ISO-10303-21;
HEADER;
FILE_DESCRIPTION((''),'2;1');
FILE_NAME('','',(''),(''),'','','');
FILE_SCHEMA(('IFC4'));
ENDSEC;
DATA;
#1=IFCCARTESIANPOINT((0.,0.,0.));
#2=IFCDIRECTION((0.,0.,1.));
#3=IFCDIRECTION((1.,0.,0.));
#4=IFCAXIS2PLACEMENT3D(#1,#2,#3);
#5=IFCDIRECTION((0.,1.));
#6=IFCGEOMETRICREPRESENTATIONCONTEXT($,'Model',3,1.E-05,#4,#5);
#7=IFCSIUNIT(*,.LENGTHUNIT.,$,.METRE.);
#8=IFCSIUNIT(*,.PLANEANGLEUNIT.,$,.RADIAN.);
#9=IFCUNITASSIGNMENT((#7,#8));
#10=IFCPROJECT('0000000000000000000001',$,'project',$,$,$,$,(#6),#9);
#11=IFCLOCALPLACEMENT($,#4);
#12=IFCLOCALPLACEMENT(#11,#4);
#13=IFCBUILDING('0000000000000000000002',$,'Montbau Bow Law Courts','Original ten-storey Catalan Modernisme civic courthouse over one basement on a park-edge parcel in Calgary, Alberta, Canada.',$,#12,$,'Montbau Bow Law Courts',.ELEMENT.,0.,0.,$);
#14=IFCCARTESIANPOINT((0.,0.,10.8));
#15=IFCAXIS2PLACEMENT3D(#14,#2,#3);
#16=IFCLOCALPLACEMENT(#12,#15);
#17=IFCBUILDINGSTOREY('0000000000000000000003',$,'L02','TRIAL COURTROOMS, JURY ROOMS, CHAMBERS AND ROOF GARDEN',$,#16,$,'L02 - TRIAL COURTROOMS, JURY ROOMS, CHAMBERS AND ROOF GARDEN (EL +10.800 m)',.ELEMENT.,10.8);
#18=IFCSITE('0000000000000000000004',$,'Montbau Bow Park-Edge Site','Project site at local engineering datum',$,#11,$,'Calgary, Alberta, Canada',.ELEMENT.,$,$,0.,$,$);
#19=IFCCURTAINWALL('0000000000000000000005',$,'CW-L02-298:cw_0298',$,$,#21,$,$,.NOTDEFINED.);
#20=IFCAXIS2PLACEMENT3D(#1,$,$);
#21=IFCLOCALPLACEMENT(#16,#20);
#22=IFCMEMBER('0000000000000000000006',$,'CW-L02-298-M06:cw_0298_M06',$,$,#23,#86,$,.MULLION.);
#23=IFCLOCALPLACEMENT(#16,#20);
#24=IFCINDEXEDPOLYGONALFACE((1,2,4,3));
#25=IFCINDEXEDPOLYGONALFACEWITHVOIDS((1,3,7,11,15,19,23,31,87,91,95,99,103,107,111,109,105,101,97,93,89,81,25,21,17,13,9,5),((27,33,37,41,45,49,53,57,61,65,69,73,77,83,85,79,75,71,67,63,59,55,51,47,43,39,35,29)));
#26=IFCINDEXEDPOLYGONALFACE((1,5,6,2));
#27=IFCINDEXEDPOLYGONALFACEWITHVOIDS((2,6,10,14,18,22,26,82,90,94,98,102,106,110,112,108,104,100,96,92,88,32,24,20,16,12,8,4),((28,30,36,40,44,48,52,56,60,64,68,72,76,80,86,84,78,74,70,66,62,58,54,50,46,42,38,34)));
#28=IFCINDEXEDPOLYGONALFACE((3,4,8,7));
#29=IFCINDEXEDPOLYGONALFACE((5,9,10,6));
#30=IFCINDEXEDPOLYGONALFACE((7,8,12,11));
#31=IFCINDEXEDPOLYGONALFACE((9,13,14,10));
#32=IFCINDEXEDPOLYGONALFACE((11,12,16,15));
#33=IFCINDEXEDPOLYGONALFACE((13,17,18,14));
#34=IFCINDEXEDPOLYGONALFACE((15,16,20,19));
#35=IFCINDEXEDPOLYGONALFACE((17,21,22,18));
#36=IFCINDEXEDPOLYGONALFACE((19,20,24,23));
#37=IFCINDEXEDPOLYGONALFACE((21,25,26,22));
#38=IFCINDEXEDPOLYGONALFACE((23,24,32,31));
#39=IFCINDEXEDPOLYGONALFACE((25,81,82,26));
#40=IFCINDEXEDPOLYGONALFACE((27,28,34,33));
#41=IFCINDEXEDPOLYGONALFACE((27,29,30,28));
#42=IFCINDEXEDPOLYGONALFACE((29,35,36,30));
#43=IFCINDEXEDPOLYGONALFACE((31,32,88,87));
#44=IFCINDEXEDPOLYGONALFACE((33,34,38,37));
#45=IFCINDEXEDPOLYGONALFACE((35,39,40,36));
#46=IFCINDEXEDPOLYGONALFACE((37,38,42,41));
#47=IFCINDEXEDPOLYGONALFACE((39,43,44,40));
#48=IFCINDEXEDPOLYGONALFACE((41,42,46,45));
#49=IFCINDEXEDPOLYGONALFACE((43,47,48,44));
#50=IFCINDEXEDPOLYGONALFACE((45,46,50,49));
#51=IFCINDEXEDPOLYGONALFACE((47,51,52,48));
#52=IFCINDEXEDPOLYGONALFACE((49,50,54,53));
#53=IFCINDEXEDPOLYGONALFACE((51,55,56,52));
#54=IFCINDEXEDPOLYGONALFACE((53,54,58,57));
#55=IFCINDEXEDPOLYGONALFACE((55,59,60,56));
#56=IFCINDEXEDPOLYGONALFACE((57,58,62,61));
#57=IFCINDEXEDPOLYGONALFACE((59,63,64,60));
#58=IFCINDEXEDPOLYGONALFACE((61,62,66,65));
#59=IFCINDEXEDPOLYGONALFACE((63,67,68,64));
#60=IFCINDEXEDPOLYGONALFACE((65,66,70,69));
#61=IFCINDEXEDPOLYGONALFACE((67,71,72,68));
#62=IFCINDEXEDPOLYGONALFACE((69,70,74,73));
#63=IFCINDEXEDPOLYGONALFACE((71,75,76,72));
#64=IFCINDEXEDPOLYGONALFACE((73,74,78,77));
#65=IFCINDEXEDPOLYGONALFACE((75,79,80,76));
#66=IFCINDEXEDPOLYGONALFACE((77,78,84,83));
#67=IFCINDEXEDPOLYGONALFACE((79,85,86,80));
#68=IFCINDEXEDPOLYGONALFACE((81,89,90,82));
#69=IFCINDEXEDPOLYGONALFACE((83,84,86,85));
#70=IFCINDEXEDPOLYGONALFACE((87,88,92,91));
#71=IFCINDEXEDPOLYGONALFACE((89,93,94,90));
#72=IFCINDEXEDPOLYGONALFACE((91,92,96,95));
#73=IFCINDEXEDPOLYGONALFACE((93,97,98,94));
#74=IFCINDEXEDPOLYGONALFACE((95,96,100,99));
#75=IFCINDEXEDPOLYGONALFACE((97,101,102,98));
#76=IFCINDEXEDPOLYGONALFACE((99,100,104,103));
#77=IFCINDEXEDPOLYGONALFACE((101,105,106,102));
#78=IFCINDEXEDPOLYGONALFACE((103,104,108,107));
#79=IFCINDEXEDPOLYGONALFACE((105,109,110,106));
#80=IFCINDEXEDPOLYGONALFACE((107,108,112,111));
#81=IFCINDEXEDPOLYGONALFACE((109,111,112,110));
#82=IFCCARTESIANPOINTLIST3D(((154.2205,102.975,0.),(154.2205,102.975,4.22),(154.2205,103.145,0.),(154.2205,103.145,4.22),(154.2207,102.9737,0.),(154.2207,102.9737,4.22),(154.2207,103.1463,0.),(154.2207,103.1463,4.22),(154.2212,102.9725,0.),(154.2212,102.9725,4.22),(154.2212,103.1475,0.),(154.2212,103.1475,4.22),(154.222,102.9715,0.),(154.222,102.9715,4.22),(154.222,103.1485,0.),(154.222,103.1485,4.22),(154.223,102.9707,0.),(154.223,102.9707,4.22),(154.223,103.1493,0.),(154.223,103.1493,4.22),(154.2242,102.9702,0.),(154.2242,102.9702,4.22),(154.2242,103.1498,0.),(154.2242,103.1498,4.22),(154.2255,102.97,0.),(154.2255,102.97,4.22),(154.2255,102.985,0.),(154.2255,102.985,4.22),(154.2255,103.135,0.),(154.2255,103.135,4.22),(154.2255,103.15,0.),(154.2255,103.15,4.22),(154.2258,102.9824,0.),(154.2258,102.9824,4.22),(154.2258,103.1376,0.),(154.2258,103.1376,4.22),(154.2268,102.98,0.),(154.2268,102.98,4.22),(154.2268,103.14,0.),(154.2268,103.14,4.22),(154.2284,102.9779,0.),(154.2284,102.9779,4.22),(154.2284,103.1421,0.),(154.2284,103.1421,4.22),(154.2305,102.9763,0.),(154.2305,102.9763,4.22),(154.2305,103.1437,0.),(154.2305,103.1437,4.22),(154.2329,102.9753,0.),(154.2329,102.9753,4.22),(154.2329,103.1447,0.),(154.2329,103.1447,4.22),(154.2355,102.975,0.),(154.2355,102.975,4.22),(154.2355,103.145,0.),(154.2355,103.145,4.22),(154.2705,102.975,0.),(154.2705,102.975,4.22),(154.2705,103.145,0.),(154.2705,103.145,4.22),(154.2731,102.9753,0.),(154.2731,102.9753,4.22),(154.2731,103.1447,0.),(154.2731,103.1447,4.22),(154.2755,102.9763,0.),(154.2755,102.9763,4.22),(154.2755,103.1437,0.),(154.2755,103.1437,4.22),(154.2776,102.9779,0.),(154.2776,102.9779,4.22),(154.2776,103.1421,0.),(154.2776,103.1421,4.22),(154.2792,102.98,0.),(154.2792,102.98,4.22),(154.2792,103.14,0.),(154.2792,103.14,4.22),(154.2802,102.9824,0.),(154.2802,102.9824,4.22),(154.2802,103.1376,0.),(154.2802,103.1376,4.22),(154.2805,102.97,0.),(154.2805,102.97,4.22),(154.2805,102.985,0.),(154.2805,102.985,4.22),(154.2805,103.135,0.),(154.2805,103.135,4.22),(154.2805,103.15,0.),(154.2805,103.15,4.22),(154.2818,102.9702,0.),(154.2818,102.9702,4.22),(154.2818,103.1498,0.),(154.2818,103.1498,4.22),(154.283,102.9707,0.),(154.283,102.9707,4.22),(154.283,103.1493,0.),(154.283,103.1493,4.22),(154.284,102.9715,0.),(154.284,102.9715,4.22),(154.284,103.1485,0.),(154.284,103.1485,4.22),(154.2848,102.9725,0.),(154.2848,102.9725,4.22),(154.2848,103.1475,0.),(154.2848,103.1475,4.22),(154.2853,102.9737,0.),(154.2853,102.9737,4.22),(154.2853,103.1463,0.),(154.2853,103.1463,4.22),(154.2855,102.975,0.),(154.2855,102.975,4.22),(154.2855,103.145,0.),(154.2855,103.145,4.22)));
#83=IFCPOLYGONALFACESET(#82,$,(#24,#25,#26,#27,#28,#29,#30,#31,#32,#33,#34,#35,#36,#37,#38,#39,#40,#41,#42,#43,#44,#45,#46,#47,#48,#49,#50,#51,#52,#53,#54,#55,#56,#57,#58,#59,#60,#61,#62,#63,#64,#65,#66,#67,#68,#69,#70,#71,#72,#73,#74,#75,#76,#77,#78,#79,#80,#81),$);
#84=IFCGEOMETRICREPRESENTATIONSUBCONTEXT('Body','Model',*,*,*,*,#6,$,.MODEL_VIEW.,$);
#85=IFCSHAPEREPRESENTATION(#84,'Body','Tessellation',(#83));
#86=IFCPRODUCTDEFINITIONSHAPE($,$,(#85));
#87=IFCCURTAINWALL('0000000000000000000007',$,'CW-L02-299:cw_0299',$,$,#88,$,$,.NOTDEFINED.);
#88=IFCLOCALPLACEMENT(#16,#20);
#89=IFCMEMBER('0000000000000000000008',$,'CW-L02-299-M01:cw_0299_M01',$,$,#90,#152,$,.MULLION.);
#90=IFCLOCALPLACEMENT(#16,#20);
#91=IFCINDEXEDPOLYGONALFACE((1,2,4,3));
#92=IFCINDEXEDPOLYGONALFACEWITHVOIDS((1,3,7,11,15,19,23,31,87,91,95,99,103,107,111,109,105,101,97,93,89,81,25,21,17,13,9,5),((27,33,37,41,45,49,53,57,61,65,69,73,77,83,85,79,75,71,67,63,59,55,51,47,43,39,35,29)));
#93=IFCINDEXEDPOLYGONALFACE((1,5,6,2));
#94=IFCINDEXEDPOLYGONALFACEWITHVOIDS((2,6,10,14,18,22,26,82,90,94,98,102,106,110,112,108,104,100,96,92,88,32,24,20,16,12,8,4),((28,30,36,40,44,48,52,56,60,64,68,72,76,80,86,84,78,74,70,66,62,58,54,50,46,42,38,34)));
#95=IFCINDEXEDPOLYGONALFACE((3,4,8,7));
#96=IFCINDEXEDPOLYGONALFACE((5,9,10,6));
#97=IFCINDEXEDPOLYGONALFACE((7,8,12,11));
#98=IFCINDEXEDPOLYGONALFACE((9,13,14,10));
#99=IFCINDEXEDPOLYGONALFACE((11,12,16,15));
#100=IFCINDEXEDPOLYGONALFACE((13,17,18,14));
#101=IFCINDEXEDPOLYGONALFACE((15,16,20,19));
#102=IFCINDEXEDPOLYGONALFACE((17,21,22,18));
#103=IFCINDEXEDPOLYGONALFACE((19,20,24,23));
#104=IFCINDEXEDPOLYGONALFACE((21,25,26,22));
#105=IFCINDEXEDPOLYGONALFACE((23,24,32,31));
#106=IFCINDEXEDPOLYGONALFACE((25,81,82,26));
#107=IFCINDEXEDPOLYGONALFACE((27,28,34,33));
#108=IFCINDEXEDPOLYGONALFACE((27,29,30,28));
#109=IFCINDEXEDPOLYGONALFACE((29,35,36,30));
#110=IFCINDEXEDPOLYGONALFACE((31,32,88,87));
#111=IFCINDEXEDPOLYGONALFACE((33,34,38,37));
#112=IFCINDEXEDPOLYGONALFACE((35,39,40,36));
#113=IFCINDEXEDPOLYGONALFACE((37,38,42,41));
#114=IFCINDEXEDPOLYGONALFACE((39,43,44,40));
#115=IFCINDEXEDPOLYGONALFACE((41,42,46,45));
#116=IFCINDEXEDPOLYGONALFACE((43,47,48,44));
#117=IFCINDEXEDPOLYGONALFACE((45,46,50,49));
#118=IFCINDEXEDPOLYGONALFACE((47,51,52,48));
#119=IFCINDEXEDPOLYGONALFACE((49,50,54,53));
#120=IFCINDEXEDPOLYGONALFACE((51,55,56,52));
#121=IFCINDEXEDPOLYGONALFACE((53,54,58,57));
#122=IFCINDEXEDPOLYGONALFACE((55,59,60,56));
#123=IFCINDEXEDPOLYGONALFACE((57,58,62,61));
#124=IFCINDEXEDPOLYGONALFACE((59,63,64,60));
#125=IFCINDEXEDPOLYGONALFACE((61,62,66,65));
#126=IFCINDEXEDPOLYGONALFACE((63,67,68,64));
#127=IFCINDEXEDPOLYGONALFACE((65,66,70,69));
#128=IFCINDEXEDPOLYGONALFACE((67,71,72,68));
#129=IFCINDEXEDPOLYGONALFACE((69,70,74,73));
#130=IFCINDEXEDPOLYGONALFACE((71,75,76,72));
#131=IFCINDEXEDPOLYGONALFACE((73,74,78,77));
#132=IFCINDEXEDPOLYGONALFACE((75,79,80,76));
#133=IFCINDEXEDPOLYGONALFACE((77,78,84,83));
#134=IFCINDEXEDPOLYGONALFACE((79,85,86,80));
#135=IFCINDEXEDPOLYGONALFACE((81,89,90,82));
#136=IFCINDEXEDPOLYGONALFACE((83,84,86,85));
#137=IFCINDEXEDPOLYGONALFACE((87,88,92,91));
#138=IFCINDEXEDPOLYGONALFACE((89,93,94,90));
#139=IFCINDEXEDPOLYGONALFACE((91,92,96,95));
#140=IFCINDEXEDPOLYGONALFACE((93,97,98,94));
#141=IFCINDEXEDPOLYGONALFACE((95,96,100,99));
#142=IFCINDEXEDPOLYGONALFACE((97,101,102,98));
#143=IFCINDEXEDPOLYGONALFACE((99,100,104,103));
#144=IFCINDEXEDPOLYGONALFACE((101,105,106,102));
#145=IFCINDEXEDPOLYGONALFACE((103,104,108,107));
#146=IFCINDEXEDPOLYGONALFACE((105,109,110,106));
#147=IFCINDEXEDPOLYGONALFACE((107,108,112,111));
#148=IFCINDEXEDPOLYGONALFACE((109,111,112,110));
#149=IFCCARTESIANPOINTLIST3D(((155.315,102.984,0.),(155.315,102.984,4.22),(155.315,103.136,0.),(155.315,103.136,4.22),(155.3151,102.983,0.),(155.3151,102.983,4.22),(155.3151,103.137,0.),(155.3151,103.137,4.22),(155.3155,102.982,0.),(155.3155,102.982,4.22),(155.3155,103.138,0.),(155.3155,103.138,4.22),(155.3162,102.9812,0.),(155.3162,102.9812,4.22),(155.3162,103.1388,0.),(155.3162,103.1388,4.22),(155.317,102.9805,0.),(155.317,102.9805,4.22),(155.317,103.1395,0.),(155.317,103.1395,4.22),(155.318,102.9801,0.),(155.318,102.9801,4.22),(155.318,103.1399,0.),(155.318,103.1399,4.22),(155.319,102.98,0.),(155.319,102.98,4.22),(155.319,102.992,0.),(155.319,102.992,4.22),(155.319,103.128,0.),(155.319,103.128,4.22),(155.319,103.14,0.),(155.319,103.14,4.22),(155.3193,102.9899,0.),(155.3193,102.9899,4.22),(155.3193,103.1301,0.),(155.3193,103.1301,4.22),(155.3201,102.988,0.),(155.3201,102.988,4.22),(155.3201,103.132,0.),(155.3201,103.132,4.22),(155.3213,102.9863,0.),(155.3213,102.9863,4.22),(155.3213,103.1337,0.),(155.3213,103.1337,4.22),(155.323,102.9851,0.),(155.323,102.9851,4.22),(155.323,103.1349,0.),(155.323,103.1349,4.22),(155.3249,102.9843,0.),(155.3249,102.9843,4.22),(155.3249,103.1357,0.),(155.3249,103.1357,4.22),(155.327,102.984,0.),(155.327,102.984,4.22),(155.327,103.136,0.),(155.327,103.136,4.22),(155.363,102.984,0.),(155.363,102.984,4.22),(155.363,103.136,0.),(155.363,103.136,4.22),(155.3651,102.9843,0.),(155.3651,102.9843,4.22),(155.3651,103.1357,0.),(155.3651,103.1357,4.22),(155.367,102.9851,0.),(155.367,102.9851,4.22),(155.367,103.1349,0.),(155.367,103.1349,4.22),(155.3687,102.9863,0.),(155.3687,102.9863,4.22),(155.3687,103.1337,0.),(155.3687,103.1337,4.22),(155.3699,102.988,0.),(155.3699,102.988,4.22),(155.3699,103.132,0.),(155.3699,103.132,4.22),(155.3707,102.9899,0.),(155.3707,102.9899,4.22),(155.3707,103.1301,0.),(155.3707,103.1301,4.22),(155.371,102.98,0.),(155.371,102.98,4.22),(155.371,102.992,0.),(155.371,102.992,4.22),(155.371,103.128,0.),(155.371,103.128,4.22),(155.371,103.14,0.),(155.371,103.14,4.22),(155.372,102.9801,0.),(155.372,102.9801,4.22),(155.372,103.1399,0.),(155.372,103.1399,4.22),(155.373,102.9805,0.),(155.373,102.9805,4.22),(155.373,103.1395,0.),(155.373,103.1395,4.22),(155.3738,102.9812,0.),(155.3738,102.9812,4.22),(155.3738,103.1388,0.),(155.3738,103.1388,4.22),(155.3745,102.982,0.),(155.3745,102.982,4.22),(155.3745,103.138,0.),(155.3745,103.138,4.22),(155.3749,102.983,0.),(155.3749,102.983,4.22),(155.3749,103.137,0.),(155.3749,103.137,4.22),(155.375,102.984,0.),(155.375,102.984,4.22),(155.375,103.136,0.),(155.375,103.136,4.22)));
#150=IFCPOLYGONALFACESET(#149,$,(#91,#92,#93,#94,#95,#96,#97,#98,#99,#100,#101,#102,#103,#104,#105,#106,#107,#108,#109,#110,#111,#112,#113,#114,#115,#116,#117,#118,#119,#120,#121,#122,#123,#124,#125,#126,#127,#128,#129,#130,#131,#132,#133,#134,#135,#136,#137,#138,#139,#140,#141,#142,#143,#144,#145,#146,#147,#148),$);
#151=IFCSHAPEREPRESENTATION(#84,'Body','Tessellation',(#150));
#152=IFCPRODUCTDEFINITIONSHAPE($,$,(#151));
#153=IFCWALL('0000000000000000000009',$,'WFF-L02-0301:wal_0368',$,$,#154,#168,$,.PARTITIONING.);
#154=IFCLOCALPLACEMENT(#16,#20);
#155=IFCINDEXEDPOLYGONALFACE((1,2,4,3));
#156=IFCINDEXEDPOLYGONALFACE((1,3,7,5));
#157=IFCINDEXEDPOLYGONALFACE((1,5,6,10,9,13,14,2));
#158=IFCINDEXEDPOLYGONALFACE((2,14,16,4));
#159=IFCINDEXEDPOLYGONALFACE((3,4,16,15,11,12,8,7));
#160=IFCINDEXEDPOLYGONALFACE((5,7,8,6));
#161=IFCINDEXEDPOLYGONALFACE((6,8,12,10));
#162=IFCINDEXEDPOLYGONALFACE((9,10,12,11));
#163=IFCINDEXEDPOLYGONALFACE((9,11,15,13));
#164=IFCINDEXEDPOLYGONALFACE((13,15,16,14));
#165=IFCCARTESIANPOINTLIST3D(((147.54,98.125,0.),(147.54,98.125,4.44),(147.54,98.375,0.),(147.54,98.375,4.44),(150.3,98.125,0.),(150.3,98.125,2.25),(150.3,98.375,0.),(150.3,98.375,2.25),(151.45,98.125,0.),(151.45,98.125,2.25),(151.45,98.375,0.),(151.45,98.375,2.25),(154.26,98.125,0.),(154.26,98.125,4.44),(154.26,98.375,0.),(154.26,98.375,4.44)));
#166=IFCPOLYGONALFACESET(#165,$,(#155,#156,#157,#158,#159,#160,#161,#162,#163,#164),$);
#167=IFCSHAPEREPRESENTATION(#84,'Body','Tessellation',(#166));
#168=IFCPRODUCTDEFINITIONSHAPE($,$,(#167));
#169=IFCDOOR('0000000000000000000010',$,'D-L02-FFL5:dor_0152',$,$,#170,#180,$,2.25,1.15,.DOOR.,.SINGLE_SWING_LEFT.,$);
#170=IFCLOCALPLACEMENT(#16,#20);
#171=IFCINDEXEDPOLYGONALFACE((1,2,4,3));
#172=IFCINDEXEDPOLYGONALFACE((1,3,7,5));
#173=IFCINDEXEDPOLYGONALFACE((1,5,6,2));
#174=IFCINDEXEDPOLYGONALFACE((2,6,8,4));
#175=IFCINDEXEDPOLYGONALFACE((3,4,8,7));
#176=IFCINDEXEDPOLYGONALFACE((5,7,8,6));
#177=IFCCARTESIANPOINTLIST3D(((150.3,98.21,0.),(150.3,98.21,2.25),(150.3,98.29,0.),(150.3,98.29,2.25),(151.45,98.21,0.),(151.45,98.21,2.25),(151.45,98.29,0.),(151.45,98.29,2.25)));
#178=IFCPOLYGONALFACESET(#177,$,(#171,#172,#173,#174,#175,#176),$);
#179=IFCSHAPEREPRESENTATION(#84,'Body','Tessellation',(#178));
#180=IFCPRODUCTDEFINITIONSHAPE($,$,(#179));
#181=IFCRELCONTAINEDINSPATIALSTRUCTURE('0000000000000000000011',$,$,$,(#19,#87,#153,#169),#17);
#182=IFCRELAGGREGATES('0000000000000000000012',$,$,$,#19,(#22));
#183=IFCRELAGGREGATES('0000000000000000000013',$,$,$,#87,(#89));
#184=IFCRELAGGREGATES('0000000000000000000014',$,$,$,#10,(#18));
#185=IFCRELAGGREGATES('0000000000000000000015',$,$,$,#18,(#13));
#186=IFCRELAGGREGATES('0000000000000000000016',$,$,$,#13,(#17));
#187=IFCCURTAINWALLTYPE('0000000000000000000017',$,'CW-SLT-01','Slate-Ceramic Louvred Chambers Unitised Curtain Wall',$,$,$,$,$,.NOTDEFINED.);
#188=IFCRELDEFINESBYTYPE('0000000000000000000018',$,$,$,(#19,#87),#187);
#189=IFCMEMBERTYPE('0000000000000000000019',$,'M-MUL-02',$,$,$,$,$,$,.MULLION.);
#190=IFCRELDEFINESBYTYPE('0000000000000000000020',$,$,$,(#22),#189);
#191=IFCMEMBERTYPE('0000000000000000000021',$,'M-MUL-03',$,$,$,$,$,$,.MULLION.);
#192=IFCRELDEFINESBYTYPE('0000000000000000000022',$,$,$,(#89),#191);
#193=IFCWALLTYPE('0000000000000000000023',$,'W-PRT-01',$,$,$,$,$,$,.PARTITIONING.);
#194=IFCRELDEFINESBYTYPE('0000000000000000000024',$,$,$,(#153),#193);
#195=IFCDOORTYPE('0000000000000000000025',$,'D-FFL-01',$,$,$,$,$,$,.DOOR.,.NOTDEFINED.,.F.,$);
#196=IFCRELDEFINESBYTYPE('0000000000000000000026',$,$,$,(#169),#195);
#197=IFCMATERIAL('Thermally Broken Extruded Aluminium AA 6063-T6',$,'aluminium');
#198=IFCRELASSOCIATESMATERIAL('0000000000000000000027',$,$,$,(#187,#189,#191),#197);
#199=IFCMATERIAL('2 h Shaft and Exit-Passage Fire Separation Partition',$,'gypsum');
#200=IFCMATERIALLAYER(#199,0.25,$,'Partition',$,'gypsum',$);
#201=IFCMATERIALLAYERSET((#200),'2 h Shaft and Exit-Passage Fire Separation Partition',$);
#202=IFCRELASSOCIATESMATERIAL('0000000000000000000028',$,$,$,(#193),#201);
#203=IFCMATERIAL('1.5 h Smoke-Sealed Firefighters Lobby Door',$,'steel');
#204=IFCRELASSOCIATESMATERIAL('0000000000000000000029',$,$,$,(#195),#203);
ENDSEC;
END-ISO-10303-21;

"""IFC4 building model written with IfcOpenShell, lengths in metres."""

from ifc_helpers import new_model, si_unit, direction, frame, frame_2d, origin_with_axes, origin_2d_with_axis, place, context, subcontext, project, spatial, rectangle, hollow_rectangle, extrude, material, layer, layer_set, material_profile, profile_set, type_object, element, fill, aggregate, save


model = new_model("IFC4")

# Units and contexts
model_context = context("Model", 3, precision=1e-05, world=origin_with_axes(), true_north=direction((0.0, 1.0)))
body_context = subcontext(model_context, "Body", "Model", "MODEL_VIEW")
ifc_project = project(units=[si_unit("LENGTHUNIT", "METRE"), si_unit("PLANEANGLEUNIT", "RADIAN")], contexts=[model_context])

# Site, building, storey
site_placement = place(None, origin_with_axes())
site = spatial("IfcSite", under=ifc_project, at=site_placement, Name="Montbau Bow Park-Edge Site", Description="Project site at local engineering datum", LongName="Calgary, Alberta, Canada", CompositionType="ELEMENT", RefElevation=0.0)
building_placement = place(site_placement, origin_with_axes())
building = spatial("IfcBuilding", under=site, at=building_placement, Name="Montbau Bow Law Courts", Description="Original ten-storey Catalan Modernisme civic courthouse over one basement on a park-edge parcel in Calgary, Alberta, Canada.", LongName="Montbau Bow Law Courts", CompositionType="ELEMENT", ElevationOfRefHeight=0.0, ElevationOfTerrain=0.0)
storey_placement = place(building_placement, frame((0.0, 0.0, 10.8), z_axis=(0.0, 0.0, 1.0), x_axis=(1.0, 0.0, 0.0)))
storey = spatial("IfcBuildingStorey", under=building, at=storey_placement, Name="L02", Description="TRIAL COURTROOMS, JURY ROOMS, CHAMBERS AND ROOF GARDEN", LongName="L02 - TRIAL COURTROOMS, JURY ROOMS, CHAMBERS AND ROOF GARDEN (EL +10.800 m)", CompositionType="ELEMENT", Elevation=10.8)

# Curtain walls, members
ifc_material_1 = material(Name="Thermally Broken Extruded Aluminium AA 6063-T6", Category="aluminium")
curtain_wall_type = type_object("IfcCurtainWallType", Name="CW-SLT-01", Description="Slate-Ceramic Louvred Chambers Unitised Curtain Wall", PredefinedType="NOTDEFINED", material=ifc_material_1)
curtain_wall_1_placement = place(None, frame((147.515, 103.06, 10.8), z_axis=(0.0, 0.0, 1.0), x_axis=(1.0, 0.0, 0.0)))
curtain_wall_1 = element("IfcCurtainWall", 1, at=curtain_wall_1_placement, inside=storey, type_object=curtain_wall_type, Name="CW-L02-298:cw_0298", PredefinedType="NOTDEFINED")
ifc_material_profile_1 = material_profile(ifc_material_1, hollow_rectangle(XDim=0.065, YDim=0.18, WallThickness=0.005, InnerFilletRadius=0.01, OuterFilletRadius=0.005, at=origin_2d_with_axis()), Name="CWM-180X65", Category="Main", Priority=0)
ifc_profile_set_1 = profile_set([ifc_material_profile_1], Name="Thermally Broken Extruded Aluminium AA 6063-T6")
member_type_1 = type_object("IfcMemberType", Name="M-MUL-02", PredefinedType="MULLION", material=ifc_profile_set_1)
member_1_placement = place(None, frame((154.253, 103.06, 10.8), z_axis=(0.0, 0.0, 1.0), x_axis=(1.0, 0.0, 0.0)))
member_1 = element("IfcMember", 2, at=member_1_placement, type_object=member_type_1, Name="CW-L02-298-M06:cw_0298_M06", PredefinedType="MULLION", context=body_context, shape_type="SweptSolid", body=[
    extrude(hollow_rectangle(XDim=0.065, YDim=0.18, WallThickness=0.005, InnerFilletRadius=0.01, OuterFilletRadius=0.005, at=origin_2d_with_axis()), origin_with_axes(), (0.0, 0.0, 1.0), 4.22),
])
aggregate(curtain_wall_1, [member_1])
curtain_wall_2_placement = place(None, frame((155.315, 103.06, 10.8), z_axis=(0.0, 0.0, 1.0), x_axis=(1.0, 0.0, 0.0)))
curtain_wall_2 = element("IfcCurtainWall", 3, at=curtain_wall_2_placement, inside=storey, type_object=curtain_wall_type, Name="CW-L02-299:cw_0299", PredefinedType="NOTDEFINED")
ifc_material_profile_2 = material_profile(ifc_material_1, hollow_rectangle(XDim=0.06, YDim=0.16, WallThickness=0.004, InnerFilletRadius=0.008, OuterFilletRadius=0.004, at=origin_2d_with_axis()), Name="CWM-160X60", Category="Main", Priority=0)
ifc_profile_set_2 = profile_set([ifc_material_profile_2], Name="Thermally Broken Extruded Aluminium AA 6063-T6")
member_type_2 = type_object("IfcMemberType", Name="M-MUL-03", PredefinedType="MULLION", material=ifc_profile_set_2)
member_2_placement = place(None, frame((155.345, 103.06, 10.8), z_axis=(0.0, 0.0, 1.0), x_axis=(1.0, 0.0, 0.0)))
member_2 = element("IfcMember", 4, at=member_2_placement, type_object=member_type_2, Name="CW-L02-299-M01:cw_0299_M01", PredefinedType="MULLION", context=body_context, shape_type="SweptSolid", body=[
    extrude(hollow_rectangle(XDim=0.06, YDim=0.16, WallThickness=0.004, InnerFilletRadius=0.008, OuterFilletRadius=0.004, at=origin_2d_with_axis()), origin_with_axes(), (0.0, 0.0, 1.0), 4.22),
])
aggregate(curtain_wall_2, [member_2])

# Wall, opening, door
ifc_material_2 = material(Name="2 h Shaft and Exit-Passage Fire Separation Partition", Category="gypsum")
ifc_layer_1 = layer(ifc_material_2, 0.25, Name="Partition", Category="gypsum")
ifc_layer_set_1 = layer_set([ifc_layer_1], Name="2 h Shaft and Exit-Passage Fire Separation Partition")
wall_type_1 = type_object("IfcWallType", Name="W-PRT-01", PredefinedType="PARTITIONING", material=ifc_layer_set_1)
wall_1_placement = place(None, frame((154.26, 98.25, 10.8), z_axis=(0.0, 0.0, 1.0), x_axis=(-1.0, 0.0, 0.0)))
wall_1 = element("IfcWall", 5, at=wall_1_placement, inside=storey, type_object=wall_type_1, Name="WFF-L02-0301:wal_0368", PredefinedType="PARTITIONING", context=body_context, shape_type="SweptSolid", body=[
    extrude(rectangle(XDim=6.72, YDim=0.25, at=frame_2d((3.36, 0.0), x_axis=(1.0, 0.0))), origin_with_axes(), (0.0, 0.0, 1.0), 4.44),
])
opening_1_placement = place(None, frame((150.875, 98.25, 10.8), z_axis=(0.0, 0.0, 1.0), x_axis=(-1.0, 0.0, 0.0)))
opening_1 = element("IfcOpeningElement", 6, at=opening_1_placement, cuts=wall_1, PredefinedType="OPENING", context=body_context, shape_type="SweptSolid", body=[
    extrude(rectangle(XDim=1.15, YDim=2.25, at=frame_2d((0.0, 1.125), x_axis=(1.0, 0.0))), frame((0.0, 0.135, 0.0), z_axis=(0.0, -1.0, 0.0), x_axis=(1.0, 0.0, 0.0)), (0.0, 0.0, 1.0), 0.27),
])
ifc_material_3 = material(Name="1.5 h Smoke-Sealed Firefighters Lobby Door", Category="steel")
door_type_1 = type_object("IfcDoorType", Name="D-FFL-01", OperationType="NOTDEFINED", ParameterTakesPrecedence=False, PredefinedType="DOOR", material=ifc_material_3)
door_1_placement = place(None, frame((150.875, 98.25, 10.8), z_axis=(0.0, 0.0, 1.0), x_axis=(1.0, 0.0, 0.0)))
door_1 = element("IfcDoor", 7, at=door_1_placement, inside=storey, type_object=door_type_1, Name="D-L02-FFL5:dor_0152", OperationType="SINGLE_SWING_LEFT", OverallHeight=2.25, OverallWidth=1.15, PredefinedType="DOOR", context=body_context, shape_type="SweptSolid", body=[
    extrude(rectangle(XDim=1.15, YDim=2.25, at=frame_2d((0.0, 1.125), x_axis=(1.0, 0.0))), frame((0.0, 0.04, 0.0), z_axis=(0.0, -1.0, 0.0), x_axis=(1.0, 0.0, 0.0)), (0.0, 0.0, 1.0), 0.08),
])
fill(opening_1, door_1)

save(model, "model.ifc")
